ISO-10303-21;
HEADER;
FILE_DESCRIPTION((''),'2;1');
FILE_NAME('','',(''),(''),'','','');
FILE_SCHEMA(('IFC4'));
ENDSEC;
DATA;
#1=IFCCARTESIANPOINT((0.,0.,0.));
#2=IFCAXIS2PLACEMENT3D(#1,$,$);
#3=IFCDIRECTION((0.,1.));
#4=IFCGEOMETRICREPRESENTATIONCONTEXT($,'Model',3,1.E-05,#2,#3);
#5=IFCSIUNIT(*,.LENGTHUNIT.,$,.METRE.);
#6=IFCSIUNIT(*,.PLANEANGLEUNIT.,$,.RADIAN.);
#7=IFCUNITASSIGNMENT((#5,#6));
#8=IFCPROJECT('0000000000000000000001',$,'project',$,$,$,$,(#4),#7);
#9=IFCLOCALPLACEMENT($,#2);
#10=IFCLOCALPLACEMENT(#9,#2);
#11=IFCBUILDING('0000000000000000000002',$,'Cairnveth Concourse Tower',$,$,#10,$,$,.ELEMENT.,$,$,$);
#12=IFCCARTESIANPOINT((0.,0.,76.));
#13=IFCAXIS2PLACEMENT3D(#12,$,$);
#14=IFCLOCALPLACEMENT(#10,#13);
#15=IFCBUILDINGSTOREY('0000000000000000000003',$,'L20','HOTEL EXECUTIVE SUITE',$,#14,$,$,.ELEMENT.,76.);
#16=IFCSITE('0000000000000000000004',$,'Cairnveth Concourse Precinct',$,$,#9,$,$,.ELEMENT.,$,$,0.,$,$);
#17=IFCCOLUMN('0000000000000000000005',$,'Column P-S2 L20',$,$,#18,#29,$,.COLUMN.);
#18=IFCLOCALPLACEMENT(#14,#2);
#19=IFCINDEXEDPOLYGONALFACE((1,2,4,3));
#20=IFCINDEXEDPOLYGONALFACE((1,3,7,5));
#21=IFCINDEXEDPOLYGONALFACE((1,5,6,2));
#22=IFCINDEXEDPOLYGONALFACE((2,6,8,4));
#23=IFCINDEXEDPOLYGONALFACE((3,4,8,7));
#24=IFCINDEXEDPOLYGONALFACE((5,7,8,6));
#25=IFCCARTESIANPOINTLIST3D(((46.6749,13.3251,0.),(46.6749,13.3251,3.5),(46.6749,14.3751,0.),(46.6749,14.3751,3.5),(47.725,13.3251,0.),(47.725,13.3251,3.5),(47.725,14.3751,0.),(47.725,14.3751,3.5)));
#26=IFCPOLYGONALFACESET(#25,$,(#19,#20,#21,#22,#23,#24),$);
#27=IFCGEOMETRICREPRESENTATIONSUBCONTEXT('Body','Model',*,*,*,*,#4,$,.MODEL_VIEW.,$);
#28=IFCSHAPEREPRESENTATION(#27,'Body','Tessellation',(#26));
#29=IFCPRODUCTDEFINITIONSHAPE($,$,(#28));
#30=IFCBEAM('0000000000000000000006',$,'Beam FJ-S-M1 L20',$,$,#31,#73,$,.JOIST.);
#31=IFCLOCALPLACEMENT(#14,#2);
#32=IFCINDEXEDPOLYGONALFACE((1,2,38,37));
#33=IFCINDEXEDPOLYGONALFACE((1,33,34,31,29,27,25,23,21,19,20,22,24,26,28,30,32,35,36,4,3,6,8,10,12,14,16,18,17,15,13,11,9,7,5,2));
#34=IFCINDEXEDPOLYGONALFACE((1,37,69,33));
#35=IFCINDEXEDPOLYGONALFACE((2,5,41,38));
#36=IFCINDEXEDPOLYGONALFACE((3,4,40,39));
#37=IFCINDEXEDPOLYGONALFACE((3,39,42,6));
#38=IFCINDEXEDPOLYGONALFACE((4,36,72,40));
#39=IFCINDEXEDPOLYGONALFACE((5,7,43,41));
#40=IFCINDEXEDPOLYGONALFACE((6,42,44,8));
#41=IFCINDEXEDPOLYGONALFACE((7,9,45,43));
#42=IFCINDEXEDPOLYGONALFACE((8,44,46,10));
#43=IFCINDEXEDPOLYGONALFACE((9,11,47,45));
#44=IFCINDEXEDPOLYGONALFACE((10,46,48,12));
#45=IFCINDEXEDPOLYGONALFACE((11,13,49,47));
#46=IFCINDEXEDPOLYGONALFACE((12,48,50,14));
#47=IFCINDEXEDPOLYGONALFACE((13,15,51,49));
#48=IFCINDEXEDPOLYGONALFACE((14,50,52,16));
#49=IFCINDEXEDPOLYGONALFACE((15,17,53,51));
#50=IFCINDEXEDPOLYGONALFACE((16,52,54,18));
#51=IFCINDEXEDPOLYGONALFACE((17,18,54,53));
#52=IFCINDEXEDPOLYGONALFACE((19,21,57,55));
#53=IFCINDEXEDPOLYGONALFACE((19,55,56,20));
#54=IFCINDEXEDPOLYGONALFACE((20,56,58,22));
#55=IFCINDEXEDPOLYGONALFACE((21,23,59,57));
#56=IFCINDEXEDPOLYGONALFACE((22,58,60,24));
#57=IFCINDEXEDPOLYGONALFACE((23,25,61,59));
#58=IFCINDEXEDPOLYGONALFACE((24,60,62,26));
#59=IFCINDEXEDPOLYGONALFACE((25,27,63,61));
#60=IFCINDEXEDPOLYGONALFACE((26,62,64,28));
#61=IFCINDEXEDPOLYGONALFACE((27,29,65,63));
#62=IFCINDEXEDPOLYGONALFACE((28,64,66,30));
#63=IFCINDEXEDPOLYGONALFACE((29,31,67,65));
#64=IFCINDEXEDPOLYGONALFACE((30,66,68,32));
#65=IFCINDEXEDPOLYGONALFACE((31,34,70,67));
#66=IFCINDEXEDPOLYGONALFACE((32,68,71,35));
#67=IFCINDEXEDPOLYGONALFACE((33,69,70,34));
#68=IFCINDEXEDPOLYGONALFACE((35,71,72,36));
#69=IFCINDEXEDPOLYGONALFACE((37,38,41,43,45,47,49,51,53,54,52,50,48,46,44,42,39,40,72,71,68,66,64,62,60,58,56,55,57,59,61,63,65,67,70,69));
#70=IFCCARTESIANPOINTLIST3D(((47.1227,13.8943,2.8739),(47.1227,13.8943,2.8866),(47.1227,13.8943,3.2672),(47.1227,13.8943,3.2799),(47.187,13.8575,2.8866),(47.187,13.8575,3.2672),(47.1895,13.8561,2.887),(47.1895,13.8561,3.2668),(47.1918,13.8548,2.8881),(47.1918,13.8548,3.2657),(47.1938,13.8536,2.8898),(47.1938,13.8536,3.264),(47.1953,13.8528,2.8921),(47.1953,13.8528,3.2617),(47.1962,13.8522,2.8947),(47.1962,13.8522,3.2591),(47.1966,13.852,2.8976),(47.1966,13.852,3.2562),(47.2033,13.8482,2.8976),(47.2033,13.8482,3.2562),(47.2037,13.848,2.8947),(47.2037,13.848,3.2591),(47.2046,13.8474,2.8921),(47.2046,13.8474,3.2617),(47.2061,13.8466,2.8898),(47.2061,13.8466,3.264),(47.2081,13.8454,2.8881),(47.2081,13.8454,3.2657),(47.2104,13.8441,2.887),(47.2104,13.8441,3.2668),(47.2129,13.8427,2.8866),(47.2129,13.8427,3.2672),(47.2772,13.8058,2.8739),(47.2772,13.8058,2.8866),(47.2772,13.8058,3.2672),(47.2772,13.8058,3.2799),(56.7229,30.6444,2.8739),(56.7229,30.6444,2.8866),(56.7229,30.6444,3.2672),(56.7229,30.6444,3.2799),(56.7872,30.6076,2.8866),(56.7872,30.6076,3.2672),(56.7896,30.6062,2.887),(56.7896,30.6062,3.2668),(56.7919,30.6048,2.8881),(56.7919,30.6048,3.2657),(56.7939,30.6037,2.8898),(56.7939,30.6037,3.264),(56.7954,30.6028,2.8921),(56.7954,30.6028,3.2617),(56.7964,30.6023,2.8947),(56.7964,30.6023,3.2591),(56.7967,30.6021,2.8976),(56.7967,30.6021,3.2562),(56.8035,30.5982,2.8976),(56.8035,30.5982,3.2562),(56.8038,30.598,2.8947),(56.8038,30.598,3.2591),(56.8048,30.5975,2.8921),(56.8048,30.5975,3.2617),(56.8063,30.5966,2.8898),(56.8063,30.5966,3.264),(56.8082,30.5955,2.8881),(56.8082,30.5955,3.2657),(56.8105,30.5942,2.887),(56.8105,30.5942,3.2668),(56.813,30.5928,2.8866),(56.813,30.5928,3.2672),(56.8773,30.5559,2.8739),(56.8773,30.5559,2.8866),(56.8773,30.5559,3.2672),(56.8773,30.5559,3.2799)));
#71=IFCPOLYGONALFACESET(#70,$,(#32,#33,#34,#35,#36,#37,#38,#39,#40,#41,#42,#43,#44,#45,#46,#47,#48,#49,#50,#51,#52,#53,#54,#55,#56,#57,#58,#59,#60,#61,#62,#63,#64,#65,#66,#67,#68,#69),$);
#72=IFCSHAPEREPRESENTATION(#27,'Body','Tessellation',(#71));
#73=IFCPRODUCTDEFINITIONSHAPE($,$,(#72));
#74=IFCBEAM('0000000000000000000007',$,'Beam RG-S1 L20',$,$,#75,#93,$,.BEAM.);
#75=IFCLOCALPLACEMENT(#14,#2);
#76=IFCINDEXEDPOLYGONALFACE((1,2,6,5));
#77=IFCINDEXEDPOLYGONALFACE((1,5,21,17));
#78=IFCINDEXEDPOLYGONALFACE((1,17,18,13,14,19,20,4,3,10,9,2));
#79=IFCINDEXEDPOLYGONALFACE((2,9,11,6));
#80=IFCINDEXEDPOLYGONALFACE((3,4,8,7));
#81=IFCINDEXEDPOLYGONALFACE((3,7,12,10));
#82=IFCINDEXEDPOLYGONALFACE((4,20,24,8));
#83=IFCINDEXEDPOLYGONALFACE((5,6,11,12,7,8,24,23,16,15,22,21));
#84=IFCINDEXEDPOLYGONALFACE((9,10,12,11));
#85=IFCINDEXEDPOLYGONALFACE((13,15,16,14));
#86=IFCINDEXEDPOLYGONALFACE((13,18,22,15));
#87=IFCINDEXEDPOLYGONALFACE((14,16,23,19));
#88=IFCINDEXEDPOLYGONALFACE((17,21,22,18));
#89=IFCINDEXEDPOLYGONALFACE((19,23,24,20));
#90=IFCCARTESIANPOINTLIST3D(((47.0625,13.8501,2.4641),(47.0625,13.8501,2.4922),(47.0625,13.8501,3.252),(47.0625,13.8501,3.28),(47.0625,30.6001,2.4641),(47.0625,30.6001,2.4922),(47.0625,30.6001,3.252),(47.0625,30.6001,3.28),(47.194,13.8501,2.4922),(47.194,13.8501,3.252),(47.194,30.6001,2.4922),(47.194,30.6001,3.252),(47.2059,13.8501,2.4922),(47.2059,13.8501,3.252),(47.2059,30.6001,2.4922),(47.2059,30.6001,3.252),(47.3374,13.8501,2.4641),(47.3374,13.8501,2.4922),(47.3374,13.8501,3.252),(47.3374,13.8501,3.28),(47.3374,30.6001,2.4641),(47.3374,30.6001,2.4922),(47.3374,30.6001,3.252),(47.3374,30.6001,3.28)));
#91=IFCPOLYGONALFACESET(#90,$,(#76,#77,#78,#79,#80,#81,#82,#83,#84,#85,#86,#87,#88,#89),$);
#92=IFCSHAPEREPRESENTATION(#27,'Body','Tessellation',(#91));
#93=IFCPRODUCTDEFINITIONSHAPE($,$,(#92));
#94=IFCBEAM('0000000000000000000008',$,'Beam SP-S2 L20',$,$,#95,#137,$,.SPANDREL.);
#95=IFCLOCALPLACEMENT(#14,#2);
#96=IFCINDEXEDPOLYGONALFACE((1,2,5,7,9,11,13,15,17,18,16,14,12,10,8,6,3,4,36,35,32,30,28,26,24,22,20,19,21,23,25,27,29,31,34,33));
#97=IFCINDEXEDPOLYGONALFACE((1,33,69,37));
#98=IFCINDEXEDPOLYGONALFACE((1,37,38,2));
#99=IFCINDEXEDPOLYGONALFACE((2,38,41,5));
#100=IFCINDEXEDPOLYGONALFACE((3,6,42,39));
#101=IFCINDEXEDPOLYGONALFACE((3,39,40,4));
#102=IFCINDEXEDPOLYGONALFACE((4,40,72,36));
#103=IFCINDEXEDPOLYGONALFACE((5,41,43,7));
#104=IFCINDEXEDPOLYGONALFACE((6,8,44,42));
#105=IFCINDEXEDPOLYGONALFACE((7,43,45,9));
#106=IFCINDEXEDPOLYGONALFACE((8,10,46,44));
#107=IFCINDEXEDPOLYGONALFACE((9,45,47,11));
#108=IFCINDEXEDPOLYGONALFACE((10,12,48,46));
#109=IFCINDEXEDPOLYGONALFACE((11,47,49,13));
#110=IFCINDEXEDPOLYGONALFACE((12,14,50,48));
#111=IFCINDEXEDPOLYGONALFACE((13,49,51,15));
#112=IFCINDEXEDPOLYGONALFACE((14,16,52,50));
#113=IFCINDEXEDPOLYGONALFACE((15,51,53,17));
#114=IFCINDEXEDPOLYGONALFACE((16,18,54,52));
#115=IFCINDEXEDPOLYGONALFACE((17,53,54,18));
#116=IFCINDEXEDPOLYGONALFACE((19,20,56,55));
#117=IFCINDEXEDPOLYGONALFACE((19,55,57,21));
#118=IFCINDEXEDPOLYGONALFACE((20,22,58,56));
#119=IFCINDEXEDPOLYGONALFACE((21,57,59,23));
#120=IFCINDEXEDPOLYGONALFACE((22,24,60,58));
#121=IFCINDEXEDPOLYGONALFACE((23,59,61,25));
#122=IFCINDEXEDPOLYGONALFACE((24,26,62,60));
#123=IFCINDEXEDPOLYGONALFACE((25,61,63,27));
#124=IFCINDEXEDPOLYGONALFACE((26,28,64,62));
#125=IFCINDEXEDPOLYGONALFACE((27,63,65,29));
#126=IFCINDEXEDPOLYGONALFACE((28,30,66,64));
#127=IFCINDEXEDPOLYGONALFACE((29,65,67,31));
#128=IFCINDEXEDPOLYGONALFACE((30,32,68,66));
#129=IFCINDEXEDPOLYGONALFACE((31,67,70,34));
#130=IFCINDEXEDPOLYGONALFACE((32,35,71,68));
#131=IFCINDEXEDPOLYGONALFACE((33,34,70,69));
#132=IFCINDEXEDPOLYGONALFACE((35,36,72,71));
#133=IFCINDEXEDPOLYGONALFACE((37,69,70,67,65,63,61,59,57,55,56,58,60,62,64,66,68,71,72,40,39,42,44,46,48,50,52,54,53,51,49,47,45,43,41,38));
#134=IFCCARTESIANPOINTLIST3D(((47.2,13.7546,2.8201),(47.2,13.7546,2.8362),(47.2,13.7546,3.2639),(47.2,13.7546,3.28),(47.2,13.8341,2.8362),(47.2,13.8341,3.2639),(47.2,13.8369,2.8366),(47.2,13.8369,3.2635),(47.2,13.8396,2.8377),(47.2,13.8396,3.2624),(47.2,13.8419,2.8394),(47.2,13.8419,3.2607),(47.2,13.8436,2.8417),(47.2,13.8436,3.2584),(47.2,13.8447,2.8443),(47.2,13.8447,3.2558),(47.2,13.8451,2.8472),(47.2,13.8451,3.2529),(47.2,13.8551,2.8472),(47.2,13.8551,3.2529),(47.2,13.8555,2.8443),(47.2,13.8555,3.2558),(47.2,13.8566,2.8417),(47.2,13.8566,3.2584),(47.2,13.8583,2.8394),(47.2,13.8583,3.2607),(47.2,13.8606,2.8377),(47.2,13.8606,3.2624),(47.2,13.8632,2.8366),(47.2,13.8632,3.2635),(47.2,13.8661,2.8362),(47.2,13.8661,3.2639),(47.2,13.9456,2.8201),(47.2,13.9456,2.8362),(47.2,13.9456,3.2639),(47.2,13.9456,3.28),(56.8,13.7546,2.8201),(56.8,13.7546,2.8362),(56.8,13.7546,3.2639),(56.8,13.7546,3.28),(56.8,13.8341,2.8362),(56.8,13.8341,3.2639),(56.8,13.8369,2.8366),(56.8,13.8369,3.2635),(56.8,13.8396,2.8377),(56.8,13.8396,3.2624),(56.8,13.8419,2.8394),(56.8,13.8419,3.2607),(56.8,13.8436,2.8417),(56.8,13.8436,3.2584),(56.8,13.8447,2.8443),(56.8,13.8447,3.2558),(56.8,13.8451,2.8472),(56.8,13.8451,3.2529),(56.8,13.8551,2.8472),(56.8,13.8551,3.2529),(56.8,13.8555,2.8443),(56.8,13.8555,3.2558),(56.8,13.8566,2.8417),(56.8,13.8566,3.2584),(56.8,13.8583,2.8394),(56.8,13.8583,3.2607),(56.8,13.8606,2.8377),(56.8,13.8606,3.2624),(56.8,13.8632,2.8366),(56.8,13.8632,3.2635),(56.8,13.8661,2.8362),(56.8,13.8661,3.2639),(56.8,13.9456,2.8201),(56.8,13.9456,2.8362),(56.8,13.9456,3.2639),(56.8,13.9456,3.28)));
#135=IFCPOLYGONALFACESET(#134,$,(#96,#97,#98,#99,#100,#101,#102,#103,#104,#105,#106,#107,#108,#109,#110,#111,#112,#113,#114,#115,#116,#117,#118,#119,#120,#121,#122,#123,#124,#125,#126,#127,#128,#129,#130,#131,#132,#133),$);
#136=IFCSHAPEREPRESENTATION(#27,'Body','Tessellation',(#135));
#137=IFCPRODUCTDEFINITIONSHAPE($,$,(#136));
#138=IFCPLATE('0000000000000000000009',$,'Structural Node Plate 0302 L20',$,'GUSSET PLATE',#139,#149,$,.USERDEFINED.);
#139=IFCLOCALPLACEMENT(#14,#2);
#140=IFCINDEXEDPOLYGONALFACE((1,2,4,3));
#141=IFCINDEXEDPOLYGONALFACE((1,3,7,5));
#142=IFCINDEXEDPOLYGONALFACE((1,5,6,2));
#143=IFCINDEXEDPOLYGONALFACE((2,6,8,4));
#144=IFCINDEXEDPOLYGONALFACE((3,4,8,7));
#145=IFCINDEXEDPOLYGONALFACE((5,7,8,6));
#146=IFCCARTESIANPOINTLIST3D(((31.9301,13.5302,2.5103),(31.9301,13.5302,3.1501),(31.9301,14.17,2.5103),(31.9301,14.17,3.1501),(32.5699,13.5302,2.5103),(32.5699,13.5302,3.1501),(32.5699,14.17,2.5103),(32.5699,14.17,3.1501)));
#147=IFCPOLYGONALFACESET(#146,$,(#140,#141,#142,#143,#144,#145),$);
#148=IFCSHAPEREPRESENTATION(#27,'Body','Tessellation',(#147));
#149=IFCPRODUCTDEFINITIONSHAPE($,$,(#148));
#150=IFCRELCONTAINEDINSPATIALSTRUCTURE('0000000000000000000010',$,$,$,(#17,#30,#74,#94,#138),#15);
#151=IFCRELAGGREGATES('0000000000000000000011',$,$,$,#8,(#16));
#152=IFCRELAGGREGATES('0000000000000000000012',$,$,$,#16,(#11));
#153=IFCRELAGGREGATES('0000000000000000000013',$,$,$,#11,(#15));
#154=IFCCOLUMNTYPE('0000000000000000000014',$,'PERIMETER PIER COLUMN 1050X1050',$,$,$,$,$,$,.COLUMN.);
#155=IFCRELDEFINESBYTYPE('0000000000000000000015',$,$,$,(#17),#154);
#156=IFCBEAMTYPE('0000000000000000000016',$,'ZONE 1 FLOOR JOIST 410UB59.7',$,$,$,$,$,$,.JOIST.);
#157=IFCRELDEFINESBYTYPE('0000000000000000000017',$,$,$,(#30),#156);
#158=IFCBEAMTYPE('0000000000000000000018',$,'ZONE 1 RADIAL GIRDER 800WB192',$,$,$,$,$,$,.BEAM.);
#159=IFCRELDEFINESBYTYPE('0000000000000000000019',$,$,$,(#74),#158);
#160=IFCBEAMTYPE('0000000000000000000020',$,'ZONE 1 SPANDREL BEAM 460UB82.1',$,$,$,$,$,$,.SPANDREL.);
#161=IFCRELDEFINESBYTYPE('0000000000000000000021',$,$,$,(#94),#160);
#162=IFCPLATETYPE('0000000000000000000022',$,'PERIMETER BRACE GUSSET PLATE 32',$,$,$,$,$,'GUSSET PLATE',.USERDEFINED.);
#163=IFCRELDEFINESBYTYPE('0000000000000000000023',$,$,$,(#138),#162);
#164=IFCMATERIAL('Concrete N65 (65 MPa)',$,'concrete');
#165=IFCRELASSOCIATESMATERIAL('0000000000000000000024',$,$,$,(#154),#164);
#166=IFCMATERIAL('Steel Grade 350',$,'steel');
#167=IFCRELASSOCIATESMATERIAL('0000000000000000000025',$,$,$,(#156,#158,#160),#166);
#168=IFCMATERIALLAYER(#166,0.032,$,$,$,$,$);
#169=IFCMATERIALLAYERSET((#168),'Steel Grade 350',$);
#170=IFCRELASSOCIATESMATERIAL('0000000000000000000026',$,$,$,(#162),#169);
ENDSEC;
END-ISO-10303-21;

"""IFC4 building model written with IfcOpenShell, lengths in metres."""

from ifc_helpers import new_model, si_unit, direction, frame, origin, origin_2d, place, context, subcontext, project, spatial, rectangle, i_section, extrude, material, layer, layer_set, material_profile, profile_set, type_object, element, save


model = new_model("IFC4")

# Units and contexts
model_context = context("Model", 3, precision=1e-05, world=origin(), true_north=direction((0.0, 1.0)))
body_context = subcontext(model_context, "Body", "Model", "MODEL_VIEW")
ifc_project = project(units=[si_unit("LENGTHUNIT", "METRE"), si_unit("PLANEANGLEUNIT", "RADIAN")], contexts=[model_context])

# Site, building, storey
site_placement = place(None, origin())
site = spatial("IfcSite", under=ifc_project, at=site_placement, Name="Cairnveth Concourse Precinct", CompositionType="ELEMENT", RefElevation=0.0)
building_placement = place(site_placement, origin())
building = spatial("IfcBuilding", under=site, at=building_placement, Name="Cairnveth Concourse Tower", CompositionType="ELEMENT")
storey_placement = place(building_placement, frame((0.0, 0.0, 76.0)))
storey = spatial("IfcBuildingStorey", under=building, at=storey_placement, Name="L20", Description="HOTEL EXECUTIVE SUITE", CompositionType="ELEMENT", Elevation=76.0)

# Column
ifc_material_1 = material(Name="Concrete N65 (65 MPa)", Category="concrete")
ifc_material_profile_1 = material_profile(ifc_material_1, rectangle(XDim=1.05, YDim=1.05, at=origin_2d()), Name="RC-COL-1050x1050")
ifc_profile_set_1 = profile_set([ifc_material_profile_1], Name="Concrete N65 (65 MPa)")
column_type = type_object("IfcColumnType", Name="PERIMETER PIER COLUMN 1050X1050", PredefinedType="COLUMN", material=ifc_profile_set_1)
column_placement = place(storey_placement, frame((47.2, 13.8501, 0.0), z_axis=(0.0, 0.0, 1.0), x_axis=(1.0, 0.0, 0.0)))
element("IfcColumn", 1, at=column_placement, inside=storey, type_object=column_type, Name="Column P-S2 L20", PredefinedType="COLUMN", context=body_context, shape_type="SweptSolid", body=[
    extrude(rectangle(XDim=1.05, YDim=1.05, at=origin_2d()), origin(), (0.0, 0.0, 1.0), 3.5),
])

# Beams
ifc_material_2 = material(Name="Steel Grade 350", Category="steel")
ifc_material_profile_2 = material_profile(ifc_material_2, i_section(OverallWidth=0.178, OverallDepth=0.406, WebThickness=0.0078, FlangeThickness=0.0127, FilletRadius=0.011, at=origin_2d()), Name="410UB59.7")
ifc_profile_set_2 = profile_set([ifc_material_profile_2], Name="Steel Grade 350")
beam_type_1 = type_object("IfcBeamType", Name="ZONE 1 FLOOR JOIST 410UB59.7", PredefinedType="JOIST", material=ifc_profile_set_2)
beam_1_placement = place(storey_placement, frame((47.2, 13.8501, 3.0769), z_axis=(0.497258, 0.867603, 0.0), x_axis=(-0.867603, 0.497258, 0.0)))
element("IfcBeam", 2, at=beam_1_placement, inside=storey, type_object=beam_type_1, Name="Beam FJ-S-M1 L20", PredefinedType="JOIST", context=body_context, shape_type="SweptSolid", body=[
    extrude(i_section(OverallWidth=0.178, OverallDepth=0.406, WebThickness=0.0078, FlangeThickness=0.0127, FilletRadius=0.011, at=origin_2d()), origin(), (0.0, 0.0, 1.0), 19.3062),
])
ifc_material_profile_3 = material_profile(ifc_material_2, i_section(OverallWidth=0.2749, OverallDepth=0.8159, WebThickness=0.012, FlangeThickness=0.0281, at=origin_2d()), Name="800WB192")
ifc_profile_set_3 = profile_set([ifc_material_profile_3], Name="Steel Grade 350")
beam_type_2 = type_object("IfcBeamType", Name="ZONE 1 RADIAL GIRDER 800WB192", PredefinedType="BEAM", material=ifc_profile_set_3)
beam_2_placement = place(storey_placement, frame((47.2, 13.8501, 2.8721), z_axis=(0.0, 1.0, 0.0), x_axis=(-1.0, 0.0, 0.0)))
element("IfcBeam", 3, at=beam_2_placement, inside=storey, type_object=beam_type_2, Name="Beam RG-S1 L20", PredefinedType="BEAM", context=body_context, shape_type="SweptSolid", body=[
    extrude(i_section(OverallWidth=0.2749, OverallDepth=0.8159, WebThickness=0.012, FlangeThickness=0.0281, at=origin_2d()), origin(), (0.0, 0.0, 1.0), 16.75),
])
ifc_material_profile_4 = material_profile(ifc_material_2, i_section(OverallWidth=0.1909, OverallDepth=0.46, WebThickness=0.01, FlangeThickness=0.0161, FilletRadius=0.011, at=origin_2d()), Name="460UB82.1")
ifc_profile_set_4 = profile_set([ifc_material_profile_4], Name="Steel Grade 350")
beam_type_3 = type_object("IfcBeamType", Name="ZONE 1 SPANDREL BEAM 460UB82.1", PredefinedType="SPANDREL", material=ifc_profile_set_4)
beam_3_placement = place(storey_placement, frame((47.2, 13.8501, 3.05), z_axis=(1.0, 0.0, 0.0), x_axis=(0.0, 1.0, 0.0)))
element("IfcBeam", 4, at=beam_3_placement, inside=storey, type_object=beam_type_3, Name="Beam SP-S2 L20", PredefinedType="SPANDREL", context=body_context, shape_type="SweptSolid", body=[
    extrude(i_section(OverallWidth=0.1909, OverallDepth=0.46, WebThickness=0.01, FlangeThickness=0.0161, FilletRadius=0.011, at=origin_2d()), origin(), (0.0, 0.0, 1.0), 9.6001),
])

# Plate
ifc_layer_1 = layer(ifc_material_2, 0.032)
ifc_layer_set_1 = layer_set([ifc_layer_1], Name="Steel Grade 350")
plate_type = type_object("IfcPlateType", Name="PERIMETER BRACE GUSSET PLATE 32", ElementType="GUSSET PLATE", PredefinedType="USERDEFINED", material=ifc_layer_set_1)
plate_placement = place(storey_placement, frame((32.25, 13.8501, 2.5103), z_axis=(0.0, 0.0, 1.0), x_axis=(1.0, 0.0, 0.0)))
element("IfcPlate", 5, at=plate_placement, inside=storey, type_object=plate_type, Name="Structural Node Plate 0302 L20", ObjectType="GUSSET PLATE", PredefinedType="USERDEFINED", context=body_context, shape_type="SweptSolid", body=[
    extrude(rectangle(XDim=0.6399, YDim=0.6399, at=origin_2d()), origin(), (0.0, 0.0, 1.0), 0.6399),
])

save(model, "model.ifc")
